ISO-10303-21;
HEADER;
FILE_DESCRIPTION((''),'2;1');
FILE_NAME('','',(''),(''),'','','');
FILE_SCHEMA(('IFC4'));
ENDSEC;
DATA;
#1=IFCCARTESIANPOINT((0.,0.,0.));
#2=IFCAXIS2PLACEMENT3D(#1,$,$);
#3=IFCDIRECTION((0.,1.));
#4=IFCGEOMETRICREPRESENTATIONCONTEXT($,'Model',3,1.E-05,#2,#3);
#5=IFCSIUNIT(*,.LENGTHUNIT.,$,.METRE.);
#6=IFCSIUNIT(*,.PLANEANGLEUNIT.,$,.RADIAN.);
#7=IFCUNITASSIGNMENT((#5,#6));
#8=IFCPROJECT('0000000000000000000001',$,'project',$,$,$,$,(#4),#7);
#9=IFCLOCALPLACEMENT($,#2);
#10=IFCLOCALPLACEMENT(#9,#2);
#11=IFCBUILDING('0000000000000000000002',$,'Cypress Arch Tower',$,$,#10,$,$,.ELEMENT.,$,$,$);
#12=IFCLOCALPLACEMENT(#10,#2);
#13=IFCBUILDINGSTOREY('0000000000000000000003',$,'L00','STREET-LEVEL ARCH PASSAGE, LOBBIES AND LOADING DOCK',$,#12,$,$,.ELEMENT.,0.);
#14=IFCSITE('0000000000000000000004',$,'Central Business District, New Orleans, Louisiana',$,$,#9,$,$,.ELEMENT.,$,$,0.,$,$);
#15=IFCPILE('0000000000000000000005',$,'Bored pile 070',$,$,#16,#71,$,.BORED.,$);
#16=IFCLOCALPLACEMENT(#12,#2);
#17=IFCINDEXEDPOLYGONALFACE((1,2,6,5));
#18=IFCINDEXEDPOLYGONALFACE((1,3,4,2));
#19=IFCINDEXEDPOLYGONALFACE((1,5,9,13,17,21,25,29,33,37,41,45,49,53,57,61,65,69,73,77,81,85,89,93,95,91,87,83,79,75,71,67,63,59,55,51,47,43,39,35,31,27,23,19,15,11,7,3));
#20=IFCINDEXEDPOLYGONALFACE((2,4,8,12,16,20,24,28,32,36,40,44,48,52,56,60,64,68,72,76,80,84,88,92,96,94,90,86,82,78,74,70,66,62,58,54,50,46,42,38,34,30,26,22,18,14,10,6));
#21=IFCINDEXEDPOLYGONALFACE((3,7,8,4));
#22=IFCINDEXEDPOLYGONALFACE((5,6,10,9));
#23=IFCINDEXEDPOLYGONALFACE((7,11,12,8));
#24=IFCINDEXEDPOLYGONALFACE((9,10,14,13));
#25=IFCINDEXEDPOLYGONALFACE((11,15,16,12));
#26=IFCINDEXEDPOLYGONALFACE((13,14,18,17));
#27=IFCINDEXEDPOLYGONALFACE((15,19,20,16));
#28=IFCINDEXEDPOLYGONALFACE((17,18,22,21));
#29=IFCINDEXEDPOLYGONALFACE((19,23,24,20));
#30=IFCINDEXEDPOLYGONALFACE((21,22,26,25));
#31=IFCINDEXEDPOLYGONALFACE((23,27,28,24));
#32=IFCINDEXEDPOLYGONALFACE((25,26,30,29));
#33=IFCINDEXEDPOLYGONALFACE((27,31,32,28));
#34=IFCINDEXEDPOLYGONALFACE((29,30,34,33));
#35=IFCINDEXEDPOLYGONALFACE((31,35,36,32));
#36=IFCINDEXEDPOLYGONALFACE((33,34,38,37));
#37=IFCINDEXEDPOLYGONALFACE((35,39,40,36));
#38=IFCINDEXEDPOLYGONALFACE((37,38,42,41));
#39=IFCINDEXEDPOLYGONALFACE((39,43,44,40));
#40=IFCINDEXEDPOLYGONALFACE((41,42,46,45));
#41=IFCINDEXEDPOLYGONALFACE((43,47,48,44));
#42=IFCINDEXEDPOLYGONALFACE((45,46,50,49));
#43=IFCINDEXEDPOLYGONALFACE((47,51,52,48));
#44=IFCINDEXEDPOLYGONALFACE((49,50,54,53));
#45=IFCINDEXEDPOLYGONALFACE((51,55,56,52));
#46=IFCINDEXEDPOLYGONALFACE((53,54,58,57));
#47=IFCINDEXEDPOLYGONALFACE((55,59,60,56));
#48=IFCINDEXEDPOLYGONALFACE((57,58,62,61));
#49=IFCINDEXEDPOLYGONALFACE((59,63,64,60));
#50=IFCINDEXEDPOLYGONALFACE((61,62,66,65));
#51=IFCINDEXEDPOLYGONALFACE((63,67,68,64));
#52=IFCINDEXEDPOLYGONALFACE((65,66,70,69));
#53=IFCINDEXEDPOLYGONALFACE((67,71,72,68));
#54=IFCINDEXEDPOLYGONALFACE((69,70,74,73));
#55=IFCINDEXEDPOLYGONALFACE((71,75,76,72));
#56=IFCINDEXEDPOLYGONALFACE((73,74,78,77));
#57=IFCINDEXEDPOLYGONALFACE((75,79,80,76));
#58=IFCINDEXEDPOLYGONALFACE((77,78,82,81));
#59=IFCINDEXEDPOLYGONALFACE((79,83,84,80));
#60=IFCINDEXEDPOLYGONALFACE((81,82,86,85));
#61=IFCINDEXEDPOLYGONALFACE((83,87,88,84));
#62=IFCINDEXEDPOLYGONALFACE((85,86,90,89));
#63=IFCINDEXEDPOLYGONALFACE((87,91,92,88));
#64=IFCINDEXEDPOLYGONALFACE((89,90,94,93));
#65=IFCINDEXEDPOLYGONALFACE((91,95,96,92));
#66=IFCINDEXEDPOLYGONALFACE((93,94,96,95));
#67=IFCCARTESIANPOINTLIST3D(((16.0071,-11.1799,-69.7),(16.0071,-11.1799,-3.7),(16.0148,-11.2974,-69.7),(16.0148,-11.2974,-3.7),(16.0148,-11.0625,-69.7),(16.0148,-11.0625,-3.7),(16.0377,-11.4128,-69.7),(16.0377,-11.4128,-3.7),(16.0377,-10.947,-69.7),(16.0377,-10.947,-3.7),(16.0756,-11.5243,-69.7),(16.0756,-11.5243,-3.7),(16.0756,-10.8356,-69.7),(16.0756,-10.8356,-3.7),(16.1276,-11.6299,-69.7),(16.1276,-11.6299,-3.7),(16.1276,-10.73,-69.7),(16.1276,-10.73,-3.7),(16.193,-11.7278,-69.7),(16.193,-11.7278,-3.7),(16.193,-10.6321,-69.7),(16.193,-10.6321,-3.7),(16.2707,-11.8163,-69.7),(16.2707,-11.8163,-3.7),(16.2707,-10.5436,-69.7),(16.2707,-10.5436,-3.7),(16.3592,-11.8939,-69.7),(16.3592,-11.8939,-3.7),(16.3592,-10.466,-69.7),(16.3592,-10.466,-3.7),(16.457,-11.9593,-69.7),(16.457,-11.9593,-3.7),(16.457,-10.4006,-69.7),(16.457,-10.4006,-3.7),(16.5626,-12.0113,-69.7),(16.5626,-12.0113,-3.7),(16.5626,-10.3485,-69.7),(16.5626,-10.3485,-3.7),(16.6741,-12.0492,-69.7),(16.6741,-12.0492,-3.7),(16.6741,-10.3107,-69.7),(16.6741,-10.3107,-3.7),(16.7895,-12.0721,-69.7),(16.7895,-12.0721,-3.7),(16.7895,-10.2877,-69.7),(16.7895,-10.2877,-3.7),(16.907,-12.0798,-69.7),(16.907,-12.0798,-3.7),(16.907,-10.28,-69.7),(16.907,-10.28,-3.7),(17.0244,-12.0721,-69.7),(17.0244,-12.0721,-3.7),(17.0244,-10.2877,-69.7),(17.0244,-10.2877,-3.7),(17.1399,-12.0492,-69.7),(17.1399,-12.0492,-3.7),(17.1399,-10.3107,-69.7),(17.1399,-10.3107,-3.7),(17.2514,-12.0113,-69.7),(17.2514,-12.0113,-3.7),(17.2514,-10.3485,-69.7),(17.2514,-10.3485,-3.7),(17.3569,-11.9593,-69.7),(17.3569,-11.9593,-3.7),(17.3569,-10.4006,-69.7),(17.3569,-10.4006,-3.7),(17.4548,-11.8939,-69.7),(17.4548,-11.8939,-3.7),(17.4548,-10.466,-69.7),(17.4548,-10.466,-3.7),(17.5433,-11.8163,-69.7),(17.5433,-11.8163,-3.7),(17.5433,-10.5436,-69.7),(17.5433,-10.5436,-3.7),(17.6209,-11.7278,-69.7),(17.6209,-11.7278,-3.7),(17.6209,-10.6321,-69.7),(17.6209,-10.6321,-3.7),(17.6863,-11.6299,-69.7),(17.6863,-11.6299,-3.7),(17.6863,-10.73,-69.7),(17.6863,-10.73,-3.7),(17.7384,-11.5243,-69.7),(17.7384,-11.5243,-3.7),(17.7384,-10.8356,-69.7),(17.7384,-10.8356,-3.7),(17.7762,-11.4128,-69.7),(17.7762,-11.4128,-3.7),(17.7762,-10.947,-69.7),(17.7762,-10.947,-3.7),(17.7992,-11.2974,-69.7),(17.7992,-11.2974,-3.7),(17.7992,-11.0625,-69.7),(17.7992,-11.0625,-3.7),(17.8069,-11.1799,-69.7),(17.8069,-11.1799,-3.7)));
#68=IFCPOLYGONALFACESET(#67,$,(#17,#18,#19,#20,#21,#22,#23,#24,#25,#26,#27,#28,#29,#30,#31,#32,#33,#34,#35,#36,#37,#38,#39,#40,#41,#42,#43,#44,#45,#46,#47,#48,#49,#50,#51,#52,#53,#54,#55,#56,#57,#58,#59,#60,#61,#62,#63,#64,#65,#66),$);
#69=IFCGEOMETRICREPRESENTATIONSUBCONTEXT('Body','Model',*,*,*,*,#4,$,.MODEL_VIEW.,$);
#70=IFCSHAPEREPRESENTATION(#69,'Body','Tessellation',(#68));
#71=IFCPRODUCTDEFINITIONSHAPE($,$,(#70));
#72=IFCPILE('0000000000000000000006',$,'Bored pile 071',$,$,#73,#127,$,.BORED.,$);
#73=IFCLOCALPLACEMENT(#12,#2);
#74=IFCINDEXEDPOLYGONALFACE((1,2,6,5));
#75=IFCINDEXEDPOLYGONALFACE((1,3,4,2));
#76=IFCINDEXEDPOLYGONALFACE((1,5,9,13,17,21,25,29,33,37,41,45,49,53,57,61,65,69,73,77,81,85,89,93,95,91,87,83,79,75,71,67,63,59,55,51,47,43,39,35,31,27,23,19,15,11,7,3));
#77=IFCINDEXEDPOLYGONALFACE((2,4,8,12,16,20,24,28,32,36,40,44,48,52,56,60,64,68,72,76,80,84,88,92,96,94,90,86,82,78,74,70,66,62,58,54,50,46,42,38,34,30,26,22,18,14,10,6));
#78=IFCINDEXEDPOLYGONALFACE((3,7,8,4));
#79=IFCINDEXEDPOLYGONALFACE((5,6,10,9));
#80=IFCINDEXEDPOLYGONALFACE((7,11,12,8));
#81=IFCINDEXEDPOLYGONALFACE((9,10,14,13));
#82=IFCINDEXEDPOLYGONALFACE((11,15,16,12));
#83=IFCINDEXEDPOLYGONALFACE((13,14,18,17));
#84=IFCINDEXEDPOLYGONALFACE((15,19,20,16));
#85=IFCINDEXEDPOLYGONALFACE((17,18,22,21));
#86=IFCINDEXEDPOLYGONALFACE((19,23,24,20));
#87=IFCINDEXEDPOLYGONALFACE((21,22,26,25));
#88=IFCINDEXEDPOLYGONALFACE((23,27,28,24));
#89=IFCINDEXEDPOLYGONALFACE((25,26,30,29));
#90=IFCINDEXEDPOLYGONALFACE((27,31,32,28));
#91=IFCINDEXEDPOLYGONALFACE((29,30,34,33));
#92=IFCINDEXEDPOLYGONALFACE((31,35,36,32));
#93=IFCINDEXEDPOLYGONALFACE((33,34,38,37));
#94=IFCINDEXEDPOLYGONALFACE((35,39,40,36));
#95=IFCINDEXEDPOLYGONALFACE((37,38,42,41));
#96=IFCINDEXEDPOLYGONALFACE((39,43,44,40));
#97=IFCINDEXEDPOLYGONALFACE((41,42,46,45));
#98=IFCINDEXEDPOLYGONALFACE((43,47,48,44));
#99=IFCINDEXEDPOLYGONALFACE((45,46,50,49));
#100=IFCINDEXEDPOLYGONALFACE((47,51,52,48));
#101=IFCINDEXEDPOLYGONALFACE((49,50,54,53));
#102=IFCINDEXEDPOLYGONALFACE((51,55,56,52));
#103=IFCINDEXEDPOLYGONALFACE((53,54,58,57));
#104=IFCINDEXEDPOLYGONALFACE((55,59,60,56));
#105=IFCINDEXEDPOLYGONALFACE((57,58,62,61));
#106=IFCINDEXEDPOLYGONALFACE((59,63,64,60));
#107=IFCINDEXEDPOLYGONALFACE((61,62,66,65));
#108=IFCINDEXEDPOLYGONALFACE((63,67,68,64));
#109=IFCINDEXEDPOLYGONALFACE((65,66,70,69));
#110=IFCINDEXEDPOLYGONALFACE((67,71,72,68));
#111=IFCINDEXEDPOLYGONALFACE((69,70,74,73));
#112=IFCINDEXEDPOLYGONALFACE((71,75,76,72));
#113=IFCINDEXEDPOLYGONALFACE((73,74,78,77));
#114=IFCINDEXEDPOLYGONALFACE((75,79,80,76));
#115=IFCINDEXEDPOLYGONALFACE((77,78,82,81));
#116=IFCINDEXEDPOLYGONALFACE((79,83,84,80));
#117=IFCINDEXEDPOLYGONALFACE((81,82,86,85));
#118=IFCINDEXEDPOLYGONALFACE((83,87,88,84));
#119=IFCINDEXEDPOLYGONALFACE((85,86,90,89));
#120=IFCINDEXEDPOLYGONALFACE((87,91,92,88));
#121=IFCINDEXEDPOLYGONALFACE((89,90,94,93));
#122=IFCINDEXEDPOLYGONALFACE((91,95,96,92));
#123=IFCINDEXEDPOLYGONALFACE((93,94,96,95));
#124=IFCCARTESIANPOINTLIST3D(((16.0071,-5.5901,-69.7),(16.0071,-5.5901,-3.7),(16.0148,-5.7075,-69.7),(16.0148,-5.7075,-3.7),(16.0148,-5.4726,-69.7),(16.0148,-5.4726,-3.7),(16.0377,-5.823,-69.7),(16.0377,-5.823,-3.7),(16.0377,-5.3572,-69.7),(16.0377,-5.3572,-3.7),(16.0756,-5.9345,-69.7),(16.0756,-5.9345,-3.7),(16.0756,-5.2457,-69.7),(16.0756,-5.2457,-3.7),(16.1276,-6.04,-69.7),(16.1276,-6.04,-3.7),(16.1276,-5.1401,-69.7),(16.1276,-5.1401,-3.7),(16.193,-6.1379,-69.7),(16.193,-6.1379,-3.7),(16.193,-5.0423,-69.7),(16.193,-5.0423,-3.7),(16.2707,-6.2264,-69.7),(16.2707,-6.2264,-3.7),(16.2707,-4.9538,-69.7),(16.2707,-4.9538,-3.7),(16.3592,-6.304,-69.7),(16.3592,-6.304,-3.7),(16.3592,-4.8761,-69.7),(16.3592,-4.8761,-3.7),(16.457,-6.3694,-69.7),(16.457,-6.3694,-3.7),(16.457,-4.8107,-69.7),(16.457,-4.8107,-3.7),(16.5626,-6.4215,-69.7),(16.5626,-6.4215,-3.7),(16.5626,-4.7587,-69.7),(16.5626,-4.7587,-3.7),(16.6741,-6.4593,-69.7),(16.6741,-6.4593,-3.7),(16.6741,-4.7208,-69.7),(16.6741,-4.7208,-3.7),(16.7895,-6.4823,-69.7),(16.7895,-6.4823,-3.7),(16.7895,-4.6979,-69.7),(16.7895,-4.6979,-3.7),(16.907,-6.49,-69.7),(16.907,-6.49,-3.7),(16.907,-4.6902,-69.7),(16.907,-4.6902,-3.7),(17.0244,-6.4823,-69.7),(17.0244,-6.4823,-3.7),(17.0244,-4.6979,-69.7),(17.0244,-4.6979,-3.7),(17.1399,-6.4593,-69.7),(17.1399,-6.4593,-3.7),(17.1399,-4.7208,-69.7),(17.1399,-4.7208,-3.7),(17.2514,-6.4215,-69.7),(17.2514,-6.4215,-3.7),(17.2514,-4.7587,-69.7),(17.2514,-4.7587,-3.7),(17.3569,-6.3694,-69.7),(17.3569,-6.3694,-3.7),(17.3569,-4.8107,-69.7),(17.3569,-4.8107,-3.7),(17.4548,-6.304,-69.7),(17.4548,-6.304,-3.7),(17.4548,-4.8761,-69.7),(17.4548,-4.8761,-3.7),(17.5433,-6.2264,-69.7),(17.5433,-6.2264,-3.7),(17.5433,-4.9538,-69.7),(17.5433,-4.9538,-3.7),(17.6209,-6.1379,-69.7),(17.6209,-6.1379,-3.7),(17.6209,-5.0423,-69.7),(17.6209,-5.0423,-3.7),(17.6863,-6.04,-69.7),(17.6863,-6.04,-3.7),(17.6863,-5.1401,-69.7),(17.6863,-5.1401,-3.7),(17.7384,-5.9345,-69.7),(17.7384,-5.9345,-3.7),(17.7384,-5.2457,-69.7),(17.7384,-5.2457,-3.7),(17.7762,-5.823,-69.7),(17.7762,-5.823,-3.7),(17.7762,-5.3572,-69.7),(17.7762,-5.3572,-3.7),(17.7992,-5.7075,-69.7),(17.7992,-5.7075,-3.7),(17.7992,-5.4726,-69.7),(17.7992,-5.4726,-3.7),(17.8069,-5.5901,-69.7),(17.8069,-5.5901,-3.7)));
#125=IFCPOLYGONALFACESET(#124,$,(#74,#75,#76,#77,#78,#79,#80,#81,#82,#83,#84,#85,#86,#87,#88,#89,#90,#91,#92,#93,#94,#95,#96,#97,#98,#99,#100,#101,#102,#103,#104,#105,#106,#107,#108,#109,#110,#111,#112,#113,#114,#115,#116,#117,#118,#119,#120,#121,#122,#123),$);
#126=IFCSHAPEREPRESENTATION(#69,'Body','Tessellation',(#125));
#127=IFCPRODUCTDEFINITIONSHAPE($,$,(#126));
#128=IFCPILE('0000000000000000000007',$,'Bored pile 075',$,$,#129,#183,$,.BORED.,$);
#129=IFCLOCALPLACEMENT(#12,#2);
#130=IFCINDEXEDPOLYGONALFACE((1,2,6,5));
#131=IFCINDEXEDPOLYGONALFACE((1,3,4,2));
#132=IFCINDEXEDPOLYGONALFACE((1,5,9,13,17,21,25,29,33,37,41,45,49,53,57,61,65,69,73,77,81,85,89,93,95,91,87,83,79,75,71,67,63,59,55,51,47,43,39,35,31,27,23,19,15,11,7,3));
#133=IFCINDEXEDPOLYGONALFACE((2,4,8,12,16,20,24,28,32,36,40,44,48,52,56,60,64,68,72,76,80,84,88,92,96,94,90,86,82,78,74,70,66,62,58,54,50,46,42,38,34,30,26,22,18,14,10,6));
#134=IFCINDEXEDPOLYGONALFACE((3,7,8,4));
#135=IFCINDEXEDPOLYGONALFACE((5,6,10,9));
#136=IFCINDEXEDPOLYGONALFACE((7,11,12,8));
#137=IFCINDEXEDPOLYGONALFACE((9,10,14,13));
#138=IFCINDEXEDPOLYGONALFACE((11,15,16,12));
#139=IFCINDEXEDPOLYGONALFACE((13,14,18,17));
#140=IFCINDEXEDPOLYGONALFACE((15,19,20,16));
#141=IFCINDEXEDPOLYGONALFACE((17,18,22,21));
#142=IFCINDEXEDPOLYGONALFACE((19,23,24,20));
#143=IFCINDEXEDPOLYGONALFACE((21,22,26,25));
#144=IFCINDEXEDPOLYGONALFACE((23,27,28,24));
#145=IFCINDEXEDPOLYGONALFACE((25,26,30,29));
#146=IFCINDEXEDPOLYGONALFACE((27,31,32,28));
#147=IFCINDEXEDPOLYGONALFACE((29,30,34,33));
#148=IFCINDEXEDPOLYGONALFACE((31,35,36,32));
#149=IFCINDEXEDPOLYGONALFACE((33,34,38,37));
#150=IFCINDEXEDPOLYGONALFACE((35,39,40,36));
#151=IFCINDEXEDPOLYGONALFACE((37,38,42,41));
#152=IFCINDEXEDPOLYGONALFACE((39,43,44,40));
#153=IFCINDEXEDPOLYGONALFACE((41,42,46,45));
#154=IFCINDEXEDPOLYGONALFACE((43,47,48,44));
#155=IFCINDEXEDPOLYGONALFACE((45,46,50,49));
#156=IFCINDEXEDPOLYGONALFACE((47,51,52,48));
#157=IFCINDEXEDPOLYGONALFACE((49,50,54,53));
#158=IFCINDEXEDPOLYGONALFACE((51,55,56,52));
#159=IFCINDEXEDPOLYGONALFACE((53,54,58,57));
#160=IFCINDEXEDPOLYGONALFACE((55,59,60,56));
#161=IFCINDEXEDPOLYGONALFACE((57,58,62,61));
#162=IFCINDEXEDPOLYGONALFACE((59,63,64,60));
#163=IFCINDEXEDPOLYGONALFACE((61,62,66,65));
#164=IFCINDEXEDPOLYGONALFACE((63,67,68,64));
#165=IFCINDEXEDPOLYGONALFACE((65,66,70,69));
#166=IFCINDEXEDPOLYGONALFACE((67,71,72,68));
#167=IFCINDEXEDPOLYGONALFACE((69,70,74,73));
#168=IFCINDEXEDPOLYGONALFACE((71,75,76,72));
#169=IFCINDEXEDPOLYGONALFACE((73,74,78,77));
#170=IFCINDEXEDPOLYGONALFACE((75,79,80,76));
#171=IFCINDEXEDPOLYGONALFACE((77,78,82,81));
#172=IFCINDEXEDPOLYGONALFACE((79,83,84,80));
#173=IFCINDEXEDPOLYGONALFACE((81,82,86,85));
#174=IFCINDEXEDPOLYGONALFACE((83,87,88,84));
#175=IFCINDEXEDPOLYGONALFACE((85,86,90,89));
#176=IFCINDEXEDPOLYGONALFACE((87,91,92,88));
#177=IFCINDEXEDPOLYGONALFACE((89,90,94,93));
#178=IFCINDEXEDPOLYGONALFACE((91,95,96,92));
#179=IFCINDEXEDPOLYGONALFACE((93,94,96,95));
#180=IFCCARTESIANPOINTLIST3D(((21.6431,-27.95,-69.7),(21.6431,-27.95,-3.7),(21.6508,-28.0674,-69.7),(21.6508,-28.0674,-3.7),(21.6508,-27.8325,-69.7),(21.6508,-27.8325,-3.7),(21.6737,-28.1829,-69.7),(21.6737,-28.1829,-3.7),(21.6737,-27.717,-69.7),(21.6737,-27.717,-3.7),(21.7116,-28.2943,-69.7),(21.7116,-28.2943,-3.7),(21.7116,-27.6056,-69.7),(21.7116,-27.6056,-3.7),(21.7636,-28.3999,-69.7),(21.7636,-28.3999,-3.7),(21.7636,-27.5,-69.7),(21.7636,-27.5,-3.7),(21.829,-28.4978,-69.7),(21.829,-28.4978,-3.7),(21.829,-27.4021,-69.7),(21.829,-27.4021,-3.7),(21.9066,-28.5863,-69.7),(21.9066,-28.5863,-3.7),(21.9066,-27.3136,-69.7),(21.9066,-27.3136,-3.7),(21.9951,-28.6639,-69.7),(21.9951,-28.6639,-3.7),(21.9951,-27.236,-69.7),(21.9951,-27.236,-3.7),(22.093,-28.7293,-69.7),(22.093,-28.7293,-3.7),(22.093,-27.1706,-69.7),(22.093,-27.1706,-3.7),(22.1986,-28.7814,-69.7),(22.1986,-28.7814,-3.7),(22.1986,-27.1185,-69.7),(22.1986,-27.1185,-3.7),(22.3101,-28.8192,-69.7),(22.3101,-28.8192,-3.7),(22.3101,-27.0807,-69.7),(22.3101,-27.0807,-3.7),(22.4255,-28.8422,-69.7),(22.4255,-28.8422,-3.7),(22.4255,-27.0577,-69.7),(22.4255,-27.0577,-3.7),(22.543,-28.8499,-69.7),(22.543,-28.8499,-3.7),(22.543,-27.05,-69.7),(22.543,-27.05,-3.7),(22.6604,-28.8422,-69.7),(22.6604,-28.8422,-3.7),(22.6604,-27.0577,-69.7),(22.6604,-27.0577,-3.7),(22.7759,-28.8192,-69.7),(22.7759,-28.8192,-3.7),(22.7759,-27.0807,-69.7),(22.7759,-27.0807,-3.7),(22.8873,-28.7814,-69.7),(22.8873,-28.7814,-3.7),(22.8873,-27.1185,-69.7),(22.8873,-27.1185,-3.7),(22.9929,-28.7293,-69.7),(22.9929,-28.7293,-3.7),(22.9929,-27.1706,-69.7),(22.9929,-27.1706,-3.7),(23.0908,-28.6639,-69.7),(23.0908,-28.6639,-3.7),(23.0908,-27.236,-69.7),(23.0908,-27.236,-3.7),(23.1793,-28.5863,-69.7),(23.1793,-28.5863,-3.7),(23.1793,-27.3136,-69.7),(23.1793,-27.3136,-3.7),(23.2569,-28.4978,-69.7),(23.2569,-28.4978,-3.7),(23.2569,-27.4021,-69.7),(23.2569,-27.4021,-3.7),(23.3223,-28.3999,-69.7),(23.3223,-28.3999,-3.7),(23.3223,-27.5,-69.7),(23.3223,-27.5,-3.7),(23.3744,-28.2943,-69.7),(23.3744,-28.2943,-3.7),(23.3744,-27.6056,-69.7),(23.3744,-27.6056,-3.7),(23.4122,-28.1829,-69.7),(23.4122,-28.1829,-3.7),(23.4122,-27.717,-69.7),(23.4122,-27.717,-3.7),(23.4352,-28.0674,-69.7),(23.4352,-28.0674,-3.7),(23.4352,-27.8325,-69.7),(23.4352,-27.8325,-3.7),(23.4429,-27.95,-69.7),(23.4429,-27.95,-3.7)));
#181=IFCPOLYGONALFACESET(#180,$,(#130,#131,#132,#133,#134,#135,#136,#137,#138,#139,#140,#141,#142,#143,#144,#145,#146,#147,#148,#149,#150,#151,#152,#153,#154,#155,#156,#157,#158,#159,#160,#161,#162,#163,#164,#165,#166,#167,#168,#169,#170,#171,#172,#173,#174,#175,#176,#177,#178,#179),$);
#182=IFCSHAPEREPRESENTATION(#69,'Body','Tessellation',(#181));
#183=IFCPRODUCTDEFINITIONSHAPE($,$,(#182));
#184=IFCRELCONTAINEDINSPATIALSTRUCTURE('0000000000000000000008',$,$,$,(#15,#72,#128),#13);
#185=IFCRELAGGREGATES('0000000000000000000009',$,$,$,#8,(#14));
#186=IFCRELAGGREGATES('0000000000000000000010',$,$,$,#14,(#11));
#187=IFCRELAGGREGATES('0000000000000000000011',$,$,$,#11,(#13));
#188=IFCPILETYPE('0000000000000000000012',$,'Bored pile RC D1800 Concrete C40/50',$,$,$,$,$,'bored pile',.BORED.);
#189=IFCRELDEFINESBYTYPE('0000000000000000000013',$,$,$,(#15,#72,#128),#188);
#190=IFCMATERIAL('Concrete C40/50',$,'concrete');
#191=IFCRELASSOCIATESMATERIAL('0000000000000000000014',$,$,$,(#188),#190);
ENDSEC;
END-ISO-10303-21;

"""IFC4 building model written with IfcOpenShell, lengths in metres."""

from ifc_helpers import new_model, si_unit, direction, frame, origin, origin_2d, place, context, subcontext, project, spatial, circle, extrude, material, material_profile, profile_set, type_object, element, save


model = new_model("IFC4")

# Units and contexts
model_context = context("Model", 3, precision=1e-05, world=origin(), true_north=direction((0.0, 1.0)))
body_context = subcontext(model_context, "Body", "Model", "MODEL_VIEW")
ifc_project = project(units=[si_unit("LENGTHUNIT", "METRE"), si_unit("PLANEANGLEUNIT", "RADIAN")], contexts=[model_context])

# Site, building, storey
site_placement = place(None, origin())
site = spatial("IfcSite", under=ifc_project, at=site_placement, Name="Central Business District, New Orleans, Louisiana", CompositionType="ELEMENT", RefElevation=0.0)
building_placement = place(site_placement, origin())
building = spatial("IfcBuilding", under=site, at=building_placement, Name="Cypress Arch Tower", CompositionType="ELEMENT")
storey_placement = place(building_placement, origin())
storey = spatial("IfcBuildingStorey", under=building, at=storey_placement, Name="L00", Description="STREET-LEVEL ARCH PASSAGE, LOBBIES AND LOADING DOCK", CompositionType="ELEMENT", Elevation=0.0)

# Piles
ifc_material_1 = material(Name="Concrete C40/50", Category="concrete")
ifc_material_profile_1 = material_profile(ifc_material_1, circle(Radius=0.8999, at=origin_2d()), Name="RC D1800")
ifc_profile_set_1 = profile_set([ifc_material_profile_1], Name="Concrete C40/50")
pile_type = type_object("IfcPileType", Name="Bored pile RC D1800 Concrete C40/50", ElementType="bored pile", PredefinedType="BORED", material=ifc_profile_set_1)
for number, where, z_axis, x_axis, name in (
    (1, (16.907, -11.1799, -3.7), (0.0, 0.0, -1.0), (1.0, 0.0, 0.0), "Bored pile 070"),
    (2, (16.907, -5.5901, -3.7), (0.0, 0.0, -1.0), (1.0, 0.0, 0.0), "Bored pile 071"),
    (3, (22.543, -27.95, -3.7), (0.0, 0.0, -1.0), (1.0, 0.0, 0.0), "Bored pile 075"),
):
    element("IfcPile", number, at=place(storey_placement, frame(where, z_axis=z_axis, x_axis=x_axis)), inside=storey, type_object=pile_type, Name=name, PredefinedType="BORED", context=body_context, shape_type="SweptSolid", body=[
        extrude(circle(Radius=0.8999, at=origin_2d()), origin(), (0.0, 0.0, 1.0), 66.0),
    ])

save(model, "model.ifc")
